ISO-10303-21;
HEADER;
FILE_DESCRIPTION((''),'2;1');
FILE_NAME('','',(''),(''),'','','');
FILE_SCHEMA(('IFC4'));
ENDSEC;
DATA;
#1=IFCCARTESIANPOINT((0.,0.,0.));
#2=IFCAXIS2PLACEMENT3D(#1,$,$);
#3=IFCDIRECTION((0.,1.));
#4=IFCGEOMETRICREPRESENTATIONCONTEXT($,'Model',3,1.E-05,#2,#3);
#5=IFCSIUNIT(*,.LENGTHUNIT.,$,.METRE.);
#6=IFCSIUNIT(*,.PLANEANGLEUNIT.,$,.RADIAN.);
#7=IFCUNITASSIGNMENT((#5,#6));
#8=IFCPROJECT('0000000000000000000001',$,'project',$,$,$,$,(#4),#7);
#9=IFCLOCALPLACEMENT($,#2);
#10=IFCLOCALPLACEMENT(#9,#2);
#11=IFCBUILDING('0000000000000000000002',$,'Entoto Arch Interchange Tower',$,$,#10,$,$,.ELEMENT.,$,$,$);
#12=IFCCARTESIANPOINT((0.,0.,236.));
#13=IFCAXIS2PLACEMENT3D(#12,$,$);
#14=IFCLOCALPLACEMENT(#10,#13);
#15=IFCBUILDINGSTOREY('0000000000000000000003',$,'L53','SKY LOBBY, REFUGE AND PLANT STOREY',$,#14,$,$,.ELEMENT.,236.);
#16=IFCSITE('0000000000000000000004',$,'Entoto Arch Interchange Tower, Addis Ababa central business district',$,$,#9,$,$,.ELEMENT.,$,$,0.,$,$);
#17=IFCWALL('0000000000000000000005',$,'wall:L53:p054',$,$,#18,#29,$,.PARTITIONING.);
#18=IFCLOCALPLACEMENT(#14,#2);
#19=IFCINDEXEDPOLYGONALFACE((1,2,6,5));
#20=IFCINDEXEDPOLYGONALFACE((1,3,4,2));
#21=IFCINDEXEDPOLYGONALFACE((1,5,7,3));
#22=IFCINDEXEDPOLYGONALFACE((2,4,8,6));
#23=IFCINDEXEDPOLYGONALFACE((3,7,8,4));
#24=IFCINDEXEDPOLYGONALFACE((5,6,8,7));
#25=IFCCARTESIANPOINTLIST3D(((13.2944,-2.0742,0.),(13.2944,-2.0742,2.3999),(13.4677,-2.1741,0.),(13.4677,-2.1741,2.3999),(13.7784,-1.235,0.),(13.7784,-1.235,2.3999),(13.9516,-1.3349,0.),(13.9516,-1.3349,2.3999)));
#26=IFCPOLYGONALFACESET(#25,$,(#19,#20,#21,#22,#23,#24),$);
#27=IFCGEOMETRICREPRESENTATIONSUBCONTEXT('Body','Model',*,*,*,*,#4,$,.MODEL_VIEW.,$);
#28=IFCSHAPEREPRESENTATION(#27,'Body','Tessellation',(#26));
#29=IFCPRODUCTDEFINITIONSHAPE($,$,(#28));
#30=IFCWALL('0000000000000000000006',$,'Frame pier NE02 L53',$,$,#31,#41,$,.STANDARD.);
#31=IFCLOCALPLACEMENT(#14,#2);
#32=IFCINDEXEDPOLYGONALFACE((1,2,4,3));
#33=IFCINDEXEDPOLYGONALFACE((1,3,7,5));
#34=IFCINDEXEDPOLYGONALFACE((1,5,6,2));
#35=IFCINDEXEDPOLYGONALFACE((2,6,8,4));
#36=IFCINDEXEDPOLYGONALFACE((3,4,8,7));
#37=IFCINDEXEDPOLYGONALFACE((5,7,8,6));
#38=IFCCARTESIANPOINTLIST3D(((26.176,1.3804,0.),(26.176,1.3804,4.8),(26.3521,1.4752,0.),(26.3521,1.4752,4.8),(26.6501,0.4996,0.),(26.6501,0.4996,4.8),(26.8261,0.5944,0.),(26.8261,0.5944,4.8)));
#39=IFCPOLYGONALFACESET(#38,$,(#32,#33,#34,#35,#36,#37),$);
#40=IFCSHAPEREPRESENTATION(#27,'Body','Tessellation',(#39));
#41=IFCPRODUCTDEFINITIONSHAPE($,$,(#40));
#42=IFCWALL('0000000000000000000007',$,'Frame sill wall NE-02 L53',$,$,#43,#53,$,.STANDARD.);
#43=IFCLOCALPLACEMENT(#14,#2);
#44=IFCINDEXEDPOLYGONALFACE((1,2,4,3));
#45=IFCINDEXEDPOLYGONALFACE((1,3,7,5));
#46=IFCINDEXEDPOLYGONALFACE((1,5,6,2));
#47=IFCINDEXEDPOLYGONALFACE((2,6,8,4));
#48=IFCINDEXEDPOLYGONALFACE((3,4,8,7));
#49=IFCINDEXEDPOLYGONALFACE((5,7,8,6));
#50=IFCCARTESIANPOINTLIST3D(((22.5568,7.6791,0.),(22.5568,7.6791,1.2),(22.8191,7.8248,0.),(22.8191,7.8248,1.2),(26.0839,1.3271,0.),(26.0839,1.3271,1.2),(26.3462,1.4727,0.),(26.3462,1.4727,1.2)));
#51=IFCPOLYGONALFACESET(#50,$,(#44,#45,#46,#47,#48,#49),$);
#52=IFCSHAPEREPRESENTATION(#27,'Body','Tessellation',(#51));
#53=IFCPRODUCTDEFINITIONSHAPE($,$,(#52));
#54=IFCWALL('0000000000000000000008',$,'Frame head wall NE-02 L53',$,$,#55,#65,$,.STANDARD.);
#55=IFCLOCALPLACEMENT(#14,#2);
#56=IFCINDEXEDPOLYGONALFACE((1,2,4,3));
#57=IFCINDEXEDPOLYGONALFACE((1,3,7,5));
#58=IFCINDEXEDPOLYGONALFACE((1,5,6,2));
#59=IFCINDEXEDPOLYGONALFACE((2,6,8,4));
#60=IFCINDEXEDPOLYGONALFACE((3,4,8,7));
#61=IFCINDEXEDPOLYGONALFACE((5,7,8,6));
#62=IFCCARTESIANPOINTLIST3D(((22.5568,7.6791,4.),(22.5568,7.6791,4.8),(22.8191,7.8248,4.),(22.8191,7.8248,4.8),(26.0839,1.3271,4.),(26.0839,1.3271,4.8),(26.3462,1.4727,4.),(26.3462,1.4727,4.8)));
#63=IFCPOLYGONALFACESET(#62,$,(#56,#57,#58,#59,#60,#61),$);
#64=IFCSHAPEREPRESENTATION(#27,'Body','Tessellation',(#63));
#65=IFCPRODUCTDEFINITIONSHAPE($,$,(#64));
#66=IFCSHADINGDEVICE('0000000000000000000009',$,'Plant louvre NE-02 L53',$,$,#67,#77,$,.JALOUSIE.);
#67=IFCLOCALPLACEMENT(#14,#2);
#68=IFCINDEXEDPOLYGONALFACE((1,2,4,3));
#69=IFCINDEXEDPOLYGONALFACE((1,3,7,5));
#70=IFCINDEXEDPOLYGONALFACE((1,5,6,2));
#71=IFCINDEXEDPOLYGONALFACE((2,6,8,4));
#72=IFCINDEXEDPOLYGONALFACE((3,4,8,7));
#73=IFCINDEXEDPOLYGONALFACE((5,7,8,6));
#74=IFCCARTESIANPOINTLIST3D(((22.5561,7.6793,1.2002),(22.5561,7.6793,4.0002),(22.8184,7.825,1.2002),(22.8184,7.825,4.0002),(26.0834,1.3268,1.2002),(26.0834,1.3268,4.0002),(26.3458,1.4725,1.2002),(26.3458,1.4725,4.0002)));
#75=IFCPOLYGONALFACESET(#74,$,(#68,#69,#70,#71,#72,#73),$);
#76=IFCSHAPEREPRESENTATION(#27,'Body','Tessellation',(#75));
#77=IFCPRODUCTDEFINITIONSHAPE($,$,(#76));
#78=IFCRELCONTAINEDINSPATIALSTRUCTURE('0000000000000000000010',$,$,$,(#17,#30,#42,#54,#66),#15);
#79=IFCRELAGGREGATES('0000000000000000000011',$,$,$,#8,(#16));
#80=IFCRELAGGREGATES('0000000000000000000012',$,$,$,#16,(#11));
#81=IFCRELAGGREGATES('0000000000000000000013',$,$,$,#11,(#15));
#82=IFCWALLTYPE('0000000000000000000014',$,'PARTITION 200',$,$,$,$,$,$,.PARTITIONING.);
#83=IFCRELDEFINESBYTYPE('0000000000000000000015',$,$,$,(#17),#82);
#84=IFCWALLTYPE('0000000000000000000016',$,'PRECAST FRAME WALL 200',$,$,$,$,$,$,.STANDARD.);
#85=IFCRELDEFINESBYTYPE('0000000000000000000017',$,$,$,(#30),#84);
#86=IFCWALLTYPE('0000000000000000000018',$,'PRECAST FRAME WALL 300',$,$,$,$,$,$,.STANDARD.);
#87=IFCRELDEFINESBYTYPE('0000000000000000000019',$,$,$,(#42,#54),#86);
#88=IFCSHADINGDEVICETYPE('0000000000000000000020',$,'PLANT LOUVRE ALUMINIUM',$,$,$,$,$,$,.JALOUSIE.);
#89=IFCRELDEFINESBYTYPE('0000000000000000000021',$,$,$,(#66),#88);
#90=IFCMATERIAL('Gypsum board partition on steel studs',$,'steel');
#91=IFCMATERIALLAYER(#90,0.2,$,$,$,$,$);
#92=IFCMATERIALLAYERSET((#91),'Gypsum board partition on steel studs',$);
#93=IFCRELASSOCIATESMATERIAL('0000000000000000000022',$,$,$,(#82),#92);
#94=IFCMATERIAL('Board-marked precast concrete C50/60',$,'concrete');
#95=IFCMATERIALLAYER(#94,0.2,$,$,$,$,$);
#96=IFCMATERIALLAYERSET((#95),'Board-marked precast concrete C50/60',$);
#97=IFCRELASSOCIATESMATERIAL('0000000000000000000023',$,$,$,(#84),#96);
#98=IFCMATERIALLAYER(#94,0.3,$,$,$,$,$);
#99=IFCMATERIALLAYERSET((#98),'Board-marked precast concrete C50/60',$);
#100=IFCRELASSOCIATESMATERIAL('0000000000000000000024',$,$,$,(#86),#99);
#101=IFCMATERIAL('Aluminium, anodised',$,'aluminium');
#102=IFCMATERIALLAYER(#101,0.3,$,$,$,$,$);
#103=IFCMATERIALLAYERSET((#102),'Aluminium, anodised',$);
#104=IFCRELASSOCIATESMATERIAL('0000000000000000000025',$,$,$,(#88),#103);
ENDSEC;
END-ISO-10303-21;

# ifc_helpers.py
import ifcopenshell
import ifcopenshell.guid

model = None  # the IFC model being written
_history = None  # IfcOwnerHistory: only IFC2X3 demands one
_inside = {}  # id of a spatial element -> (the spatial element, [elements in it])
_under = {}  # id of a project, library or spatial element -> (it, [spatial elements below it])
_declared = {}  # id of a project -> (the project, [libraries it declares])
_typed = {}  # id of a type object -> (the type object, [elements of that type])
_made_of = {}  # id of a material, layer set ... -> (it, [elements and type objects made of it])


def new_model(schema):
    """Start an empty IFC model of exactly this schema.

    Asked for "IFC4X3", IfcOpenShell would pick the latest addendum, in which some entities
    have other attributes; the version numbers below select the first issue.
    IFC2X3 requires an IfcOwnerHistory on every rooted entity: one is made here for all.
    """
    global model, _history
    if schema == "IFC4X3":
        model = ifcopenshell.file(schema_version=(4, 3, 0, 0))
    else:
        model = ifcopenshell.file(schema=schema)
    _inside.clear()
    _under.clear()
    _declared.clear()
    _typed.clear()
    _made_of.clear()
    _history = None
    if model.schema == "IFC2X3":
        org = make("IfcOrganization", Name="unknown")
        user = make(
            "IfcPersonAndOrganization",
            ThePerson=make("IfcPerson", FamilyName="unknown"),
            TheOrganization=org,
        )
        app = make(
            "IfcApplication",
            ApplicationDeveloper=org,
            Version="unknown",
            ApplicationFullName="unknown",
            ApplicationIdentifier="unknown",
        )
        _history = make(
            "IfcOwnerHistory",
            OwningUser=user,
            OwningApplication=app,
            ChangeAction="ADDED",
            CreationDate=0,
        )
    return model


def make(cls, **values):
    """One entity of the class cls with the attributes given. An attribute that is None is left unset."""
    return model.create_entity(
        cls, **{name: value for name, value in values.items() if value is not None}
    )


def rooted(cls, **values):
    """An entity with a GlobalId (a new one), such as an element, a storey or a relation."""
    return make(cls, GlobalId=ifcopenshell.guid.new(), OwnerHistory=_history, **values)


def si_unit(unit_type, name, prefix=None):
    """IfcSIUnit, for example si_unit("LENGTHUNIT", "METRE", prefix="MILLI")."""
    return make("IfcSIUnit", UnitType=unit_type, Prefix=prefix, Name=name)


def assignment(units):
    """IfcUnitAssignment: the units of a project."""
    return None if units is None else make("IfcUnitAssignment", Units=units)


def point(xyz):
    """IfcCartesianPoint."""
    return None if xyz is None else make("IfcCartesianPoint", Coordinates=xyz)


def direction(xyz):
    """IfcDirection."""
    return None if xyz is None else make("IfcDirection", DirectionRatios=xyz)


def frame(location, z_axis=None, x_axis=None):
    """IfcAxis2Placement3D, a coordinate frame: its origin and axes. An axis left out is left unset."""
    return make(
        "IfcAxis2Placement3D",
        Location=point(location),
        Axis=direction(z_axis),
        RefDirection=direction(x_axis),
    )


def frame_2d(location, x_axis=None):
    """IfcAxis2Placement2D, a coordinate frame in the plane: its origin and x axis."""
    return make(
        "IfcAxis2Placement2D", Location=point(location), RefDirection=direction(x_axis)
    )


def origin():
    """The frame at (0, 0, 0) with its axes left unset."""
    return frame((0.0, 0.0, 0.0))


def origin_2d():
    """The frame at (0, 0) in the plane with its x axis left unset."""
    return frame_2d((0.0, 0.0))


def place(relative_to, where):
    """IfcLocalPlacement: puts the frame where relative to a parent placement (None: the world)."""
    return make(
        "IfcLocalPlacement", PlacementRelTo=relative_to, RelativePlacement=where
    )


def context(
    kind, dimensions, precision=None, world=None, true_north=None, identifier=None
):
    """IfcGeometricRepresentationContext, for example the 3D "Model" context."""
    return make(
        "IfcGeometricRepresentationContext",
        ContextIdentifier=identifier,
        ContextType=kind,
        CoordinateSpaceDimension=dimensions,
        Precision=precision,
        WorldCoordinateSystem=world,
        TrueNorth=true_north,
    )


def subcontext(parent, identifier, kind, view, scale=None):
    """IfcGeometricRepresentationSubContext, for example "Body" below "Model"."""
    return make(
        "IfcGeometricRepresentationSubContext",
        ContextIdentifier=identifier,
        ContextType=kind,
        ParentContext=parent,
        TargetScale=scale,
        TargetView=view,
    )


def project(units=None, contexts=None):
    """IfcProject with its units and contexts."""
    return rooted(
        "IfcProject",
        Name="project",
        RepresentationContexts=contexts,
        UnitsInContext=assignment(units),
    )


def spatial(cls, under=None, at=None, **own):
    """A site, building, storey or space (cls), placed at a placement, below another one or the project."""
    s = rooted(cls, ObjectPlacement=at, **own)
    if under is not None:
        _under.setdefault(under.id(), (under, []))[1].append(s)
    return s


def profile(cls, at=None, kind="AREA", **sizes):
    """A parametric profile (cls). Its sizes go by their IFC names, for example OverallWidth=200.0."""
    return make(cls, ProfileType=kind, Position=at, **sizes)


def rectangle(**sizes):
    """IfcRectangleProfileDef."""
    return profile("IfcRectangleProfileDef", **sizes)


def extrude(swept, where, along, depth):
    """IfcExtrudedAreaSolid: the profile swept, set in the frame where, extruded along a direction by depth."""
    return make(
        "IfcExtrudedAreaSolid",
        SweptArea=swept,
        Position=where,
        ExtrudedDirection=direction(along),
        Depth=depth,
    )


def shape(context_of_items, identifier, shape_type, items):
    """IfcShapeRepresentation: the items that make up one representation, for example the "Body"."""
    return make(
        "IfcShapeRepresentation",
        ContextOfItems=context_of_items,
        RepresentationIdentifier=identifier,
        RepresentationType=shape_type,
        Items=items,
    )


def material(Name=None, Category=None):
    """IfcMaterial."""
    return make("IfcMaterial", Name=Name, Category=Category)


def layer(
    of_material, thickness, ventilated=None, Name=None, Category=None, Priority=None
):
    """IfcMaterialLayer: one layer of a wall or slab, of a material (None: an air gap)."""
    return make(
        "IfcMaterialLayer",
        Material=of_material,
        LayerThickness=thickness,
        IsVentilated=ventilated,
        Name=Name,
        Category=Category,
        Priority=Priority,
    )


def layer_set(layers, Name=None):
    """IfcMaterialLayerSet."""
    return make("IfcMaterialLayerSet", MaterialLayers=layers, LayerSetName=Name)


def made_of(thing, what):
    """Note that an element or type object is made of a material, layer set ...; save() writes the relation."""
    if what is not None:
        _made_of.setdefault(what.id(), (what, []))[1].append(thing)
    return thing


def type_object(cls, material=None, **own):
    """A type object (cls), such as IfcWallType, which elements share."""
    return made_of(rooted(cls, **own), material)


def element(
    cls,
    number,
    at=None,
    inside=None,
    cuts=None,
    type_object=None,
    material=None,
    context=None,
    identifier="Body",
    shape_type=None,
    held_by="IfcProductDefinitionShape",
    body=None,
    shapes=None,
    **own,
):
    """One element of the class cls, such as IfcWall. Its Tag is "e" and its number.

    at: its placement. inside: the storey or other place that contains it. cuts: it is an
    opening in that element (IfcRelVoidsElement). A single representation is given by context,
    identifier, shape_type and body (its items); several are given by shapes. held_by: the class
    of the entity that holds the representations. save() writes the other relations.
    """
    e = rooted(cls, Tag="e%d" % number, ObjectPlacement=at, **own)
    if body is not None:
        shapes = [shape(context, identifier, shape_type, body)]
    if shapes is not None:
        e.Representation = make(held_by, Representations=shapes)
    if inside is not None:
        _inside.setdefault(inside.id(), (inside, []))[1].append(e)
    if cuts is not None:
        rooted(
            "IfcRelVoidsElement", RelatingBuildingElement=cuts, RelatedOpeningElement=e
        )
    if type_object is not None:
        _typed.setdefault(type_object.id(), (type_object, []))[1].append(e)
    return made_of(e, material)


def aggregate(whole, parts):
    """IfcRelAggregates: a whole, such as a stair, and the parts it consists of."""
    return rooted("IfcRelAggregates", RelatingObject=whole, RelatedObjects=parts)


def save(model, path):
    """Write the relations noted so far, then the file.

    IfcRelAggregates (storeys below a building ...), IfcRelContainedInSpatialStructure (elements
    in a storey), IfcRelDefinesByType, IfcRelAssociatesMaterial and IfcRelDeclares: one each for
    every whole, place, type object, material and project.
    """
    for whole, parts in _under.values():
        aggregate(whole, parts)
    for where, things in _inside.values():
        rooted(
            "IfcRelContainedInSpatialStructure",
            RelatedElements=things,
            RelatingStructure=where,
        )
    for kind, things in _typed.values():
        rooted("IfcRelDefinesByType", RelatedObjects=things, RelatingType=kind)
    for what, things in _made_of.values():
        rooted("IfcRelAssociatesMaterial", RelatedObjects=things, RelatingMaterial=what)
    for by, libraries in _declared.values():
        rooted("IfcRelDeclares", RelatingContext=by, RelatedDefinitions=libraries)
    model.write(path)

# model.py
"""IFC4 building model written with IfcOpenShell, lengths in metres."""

from ifc_helpers import new_model, si_unit, direction, frame, frame_2d, origin, origin_2d, place, context, subcontext, project, spatial, rectangle, extrude, material, layer, layer_set, type_object, element, save


model = new_model("IFC4")

# Units and contexts
model_context = context("Model", 3, precision=1e-05, world=origin(), true_north=direction((0.0, 1.0)))
body_context = subcontext(model_context, "Body", "Model", "MODEL_VIEW")
ifc_project = project(units=[si_unit("LENGTHUNIT", "METRE"), si_unit("PLANEANGLEUNIT", "RADIAN")], contexts=[model_context])

# Site, building, storey
site_placement = place(None, origin())
site = spatial("IfcSite", under=ifc_project, at=site_placement, Name="Entoto Arch Interchange Tower, Addis Ababa central business district", CompositionType="ELEMENT", RefElevation=0.0)
building_placement = place(site_placement, origin())
building = spatial("IfcBuilding", under=site, at=building_placement, Name="Entoto Arch Interchange Tower", CompositionType="ELEMENT")
storey_placement = place(building_placement, frame((0.0, 0.0, 236.0)))
storey = spatial("IfcBuildingStorey", under=building, at=storey_placement, Name="L53", Description="SKY LOBBY, REFUGE AND PLANT STOREY", CompositionType="ELEMENT", Elevation=236.0)

# Shared definitions
ifc_material_1 = material(Name="Gypsum board partition on steel studs", Category="steel")
ifc_layer_1 = layer(ifc_material_1, 0.2)
ifc_layer_set_1 = layer_set([ifc_layer_1], Name="Gypsum board partition on steel studs")
wall_type_1 = type_object("IfcWallType", Name="PARTITION 200", PredefinedType="PARTITIONING", material=ifc_layer_set_1)

# Walls
wall_1_placement = place(storey_placement, frame((13.865, -1.2849, 0.0), z_axis=(0.0, 0.0, 1.0), x_axis=(-0.499555, -0.866282, 0.0)))
element("IfcWall", 1, at=wall_1_placement, inside=storey, type_object=wall_type_1, Name="wall:L53:p054", PredefinedType="PARTITIONING", context=body_context, shape_type="SweptSolid", body=[
    extrude(rectangle(XDim=0.9688, YDim=0.2, at=frame_2d((0.4844, 0.0))), origin(), (0.0, 0.0, 1.0), 2.3999),
])
ifc_material_2 = material(Name="Board-marked precast concrete C50/60", Category="concrete")
ifc_layer_2 = layer(ifc_material_2, 0.2)
ifc_layer_set_2 = layer_set([ifc_layer_2], Name="Board-marked precast concrete C50/60")
wall_type_2 = type_object("IfcWallType", Name="PRECAST FRAME WALL 200", PredefinedType="STANDARD", material=ifc_layer_set_2)
wall_2_placement = place(storey_placement, frame((26.738, 0.5471, 0.0), z_axis=(0.0, 0.0, 1.0), x_axis=(-0.473954, 0.880549, 0.0)))
element("IfcWall", 2, at=wall_2_placement, inside=storey, type_object=wall_type_2, Name="Frame pier NE02 L53", PredefinedType="STANDARD", context=body_context, shape_type="SweptSolid", body=[
    extrude(rectangle(XDim=1.0002, YDim=0.2, at=frame_2d((0.5, 0.0))), origin(), (0.0, 0.0, 1.0), 4.8),
])
ifc_layer_3 = layer(ifc_material_2, 0.3)
ifc_layer_set_3 = layer_set([ifc_layer_3], Name="Board-marked precast concrete C50/60")
wall_type_3 = type_object("IfcWallType", Name="PRECAST FRAME WALL 300", PredefinedType="STANDARD", material=ifc_layer_set_3)
wall_3_placement = place(storey_placement, frame((26.2151, 1.3999, 0.0), z_axis=(0.0, 0.0, 1.0), x_axis=(-0.485452, 0.874263, 0.0)))
element("IfcWall", 3, at=wall_3_placement, inside=storey, type_object=wall_type_3, Name="Frame sill wall NE-02 L53", PredefinedType="STANDARD", context=body_context, shape_type="SweptSolid", body=[
    extrude(rectangle(XDim=7.2656, YDim=0.3, at=frame_2d((3.6328, 0.0))), origin(), (0.0, 0.0, 1.0), 1.2),
])
wall_4_placement = place(storey_placement, frame((26.2151, 1.3999, 4.0), z_axis=(0.0, 0.0, 1.0), x_axis=(-0.485452, 0.874263, 0.0)))
element("IfcWall", 4, at=wall_4_placement, inside=storey, type_object=wall_type_3, Name="Frame head wall NE-02 L53", PredefinedType="STANDARD", context=body_context, shape_type="SweptSolid", body=[
    extrude(rectangle(XDim=7.2656, YDim=0.3, at=frame_2d((3.6328, 0.0))), origin(), (0.0, 0.0, 1.0), 0.8),
])

# Shading device
ifc_material_3 = material(Name="Aluminium, anodised", Category="aluminium")
ifc_layer_4 = layer(ifc_material_3, 0.3)
ifc_layer_set_4 = layer_set([ifc_layer_4], Name="Aluminium, anodised")
shading_device_type = type_object("IfcShadingDeviceType", Name="PLANT LOUVRE ALUMINIUM", PredefinedType="JALOUSIE", material=ifc_layer_set_4)
shading_device_placement = place(storey_placement, frame((24.4509, 4.5759, 1.2002), z_axis=(0.0, 0.0, 1.0), x_axis=(-0.485451, 0.874264, 0.0)))
element("IfcShadingDevice", 5, at=shading_device_placement, inside=storey, type_object=shading_device_type, Name="Plant louvre NE-02 L53", PredefinedType="JALOUSIE", context=body_context, shape_type="SweptSolid", body=[
    extrude(rectangle(XDim=7.2661, YDim=0.3, at=origin_2d()), origin(), (0.0, 0.0, 1.0), 2.8),
])

save(model, "model.ifc")
